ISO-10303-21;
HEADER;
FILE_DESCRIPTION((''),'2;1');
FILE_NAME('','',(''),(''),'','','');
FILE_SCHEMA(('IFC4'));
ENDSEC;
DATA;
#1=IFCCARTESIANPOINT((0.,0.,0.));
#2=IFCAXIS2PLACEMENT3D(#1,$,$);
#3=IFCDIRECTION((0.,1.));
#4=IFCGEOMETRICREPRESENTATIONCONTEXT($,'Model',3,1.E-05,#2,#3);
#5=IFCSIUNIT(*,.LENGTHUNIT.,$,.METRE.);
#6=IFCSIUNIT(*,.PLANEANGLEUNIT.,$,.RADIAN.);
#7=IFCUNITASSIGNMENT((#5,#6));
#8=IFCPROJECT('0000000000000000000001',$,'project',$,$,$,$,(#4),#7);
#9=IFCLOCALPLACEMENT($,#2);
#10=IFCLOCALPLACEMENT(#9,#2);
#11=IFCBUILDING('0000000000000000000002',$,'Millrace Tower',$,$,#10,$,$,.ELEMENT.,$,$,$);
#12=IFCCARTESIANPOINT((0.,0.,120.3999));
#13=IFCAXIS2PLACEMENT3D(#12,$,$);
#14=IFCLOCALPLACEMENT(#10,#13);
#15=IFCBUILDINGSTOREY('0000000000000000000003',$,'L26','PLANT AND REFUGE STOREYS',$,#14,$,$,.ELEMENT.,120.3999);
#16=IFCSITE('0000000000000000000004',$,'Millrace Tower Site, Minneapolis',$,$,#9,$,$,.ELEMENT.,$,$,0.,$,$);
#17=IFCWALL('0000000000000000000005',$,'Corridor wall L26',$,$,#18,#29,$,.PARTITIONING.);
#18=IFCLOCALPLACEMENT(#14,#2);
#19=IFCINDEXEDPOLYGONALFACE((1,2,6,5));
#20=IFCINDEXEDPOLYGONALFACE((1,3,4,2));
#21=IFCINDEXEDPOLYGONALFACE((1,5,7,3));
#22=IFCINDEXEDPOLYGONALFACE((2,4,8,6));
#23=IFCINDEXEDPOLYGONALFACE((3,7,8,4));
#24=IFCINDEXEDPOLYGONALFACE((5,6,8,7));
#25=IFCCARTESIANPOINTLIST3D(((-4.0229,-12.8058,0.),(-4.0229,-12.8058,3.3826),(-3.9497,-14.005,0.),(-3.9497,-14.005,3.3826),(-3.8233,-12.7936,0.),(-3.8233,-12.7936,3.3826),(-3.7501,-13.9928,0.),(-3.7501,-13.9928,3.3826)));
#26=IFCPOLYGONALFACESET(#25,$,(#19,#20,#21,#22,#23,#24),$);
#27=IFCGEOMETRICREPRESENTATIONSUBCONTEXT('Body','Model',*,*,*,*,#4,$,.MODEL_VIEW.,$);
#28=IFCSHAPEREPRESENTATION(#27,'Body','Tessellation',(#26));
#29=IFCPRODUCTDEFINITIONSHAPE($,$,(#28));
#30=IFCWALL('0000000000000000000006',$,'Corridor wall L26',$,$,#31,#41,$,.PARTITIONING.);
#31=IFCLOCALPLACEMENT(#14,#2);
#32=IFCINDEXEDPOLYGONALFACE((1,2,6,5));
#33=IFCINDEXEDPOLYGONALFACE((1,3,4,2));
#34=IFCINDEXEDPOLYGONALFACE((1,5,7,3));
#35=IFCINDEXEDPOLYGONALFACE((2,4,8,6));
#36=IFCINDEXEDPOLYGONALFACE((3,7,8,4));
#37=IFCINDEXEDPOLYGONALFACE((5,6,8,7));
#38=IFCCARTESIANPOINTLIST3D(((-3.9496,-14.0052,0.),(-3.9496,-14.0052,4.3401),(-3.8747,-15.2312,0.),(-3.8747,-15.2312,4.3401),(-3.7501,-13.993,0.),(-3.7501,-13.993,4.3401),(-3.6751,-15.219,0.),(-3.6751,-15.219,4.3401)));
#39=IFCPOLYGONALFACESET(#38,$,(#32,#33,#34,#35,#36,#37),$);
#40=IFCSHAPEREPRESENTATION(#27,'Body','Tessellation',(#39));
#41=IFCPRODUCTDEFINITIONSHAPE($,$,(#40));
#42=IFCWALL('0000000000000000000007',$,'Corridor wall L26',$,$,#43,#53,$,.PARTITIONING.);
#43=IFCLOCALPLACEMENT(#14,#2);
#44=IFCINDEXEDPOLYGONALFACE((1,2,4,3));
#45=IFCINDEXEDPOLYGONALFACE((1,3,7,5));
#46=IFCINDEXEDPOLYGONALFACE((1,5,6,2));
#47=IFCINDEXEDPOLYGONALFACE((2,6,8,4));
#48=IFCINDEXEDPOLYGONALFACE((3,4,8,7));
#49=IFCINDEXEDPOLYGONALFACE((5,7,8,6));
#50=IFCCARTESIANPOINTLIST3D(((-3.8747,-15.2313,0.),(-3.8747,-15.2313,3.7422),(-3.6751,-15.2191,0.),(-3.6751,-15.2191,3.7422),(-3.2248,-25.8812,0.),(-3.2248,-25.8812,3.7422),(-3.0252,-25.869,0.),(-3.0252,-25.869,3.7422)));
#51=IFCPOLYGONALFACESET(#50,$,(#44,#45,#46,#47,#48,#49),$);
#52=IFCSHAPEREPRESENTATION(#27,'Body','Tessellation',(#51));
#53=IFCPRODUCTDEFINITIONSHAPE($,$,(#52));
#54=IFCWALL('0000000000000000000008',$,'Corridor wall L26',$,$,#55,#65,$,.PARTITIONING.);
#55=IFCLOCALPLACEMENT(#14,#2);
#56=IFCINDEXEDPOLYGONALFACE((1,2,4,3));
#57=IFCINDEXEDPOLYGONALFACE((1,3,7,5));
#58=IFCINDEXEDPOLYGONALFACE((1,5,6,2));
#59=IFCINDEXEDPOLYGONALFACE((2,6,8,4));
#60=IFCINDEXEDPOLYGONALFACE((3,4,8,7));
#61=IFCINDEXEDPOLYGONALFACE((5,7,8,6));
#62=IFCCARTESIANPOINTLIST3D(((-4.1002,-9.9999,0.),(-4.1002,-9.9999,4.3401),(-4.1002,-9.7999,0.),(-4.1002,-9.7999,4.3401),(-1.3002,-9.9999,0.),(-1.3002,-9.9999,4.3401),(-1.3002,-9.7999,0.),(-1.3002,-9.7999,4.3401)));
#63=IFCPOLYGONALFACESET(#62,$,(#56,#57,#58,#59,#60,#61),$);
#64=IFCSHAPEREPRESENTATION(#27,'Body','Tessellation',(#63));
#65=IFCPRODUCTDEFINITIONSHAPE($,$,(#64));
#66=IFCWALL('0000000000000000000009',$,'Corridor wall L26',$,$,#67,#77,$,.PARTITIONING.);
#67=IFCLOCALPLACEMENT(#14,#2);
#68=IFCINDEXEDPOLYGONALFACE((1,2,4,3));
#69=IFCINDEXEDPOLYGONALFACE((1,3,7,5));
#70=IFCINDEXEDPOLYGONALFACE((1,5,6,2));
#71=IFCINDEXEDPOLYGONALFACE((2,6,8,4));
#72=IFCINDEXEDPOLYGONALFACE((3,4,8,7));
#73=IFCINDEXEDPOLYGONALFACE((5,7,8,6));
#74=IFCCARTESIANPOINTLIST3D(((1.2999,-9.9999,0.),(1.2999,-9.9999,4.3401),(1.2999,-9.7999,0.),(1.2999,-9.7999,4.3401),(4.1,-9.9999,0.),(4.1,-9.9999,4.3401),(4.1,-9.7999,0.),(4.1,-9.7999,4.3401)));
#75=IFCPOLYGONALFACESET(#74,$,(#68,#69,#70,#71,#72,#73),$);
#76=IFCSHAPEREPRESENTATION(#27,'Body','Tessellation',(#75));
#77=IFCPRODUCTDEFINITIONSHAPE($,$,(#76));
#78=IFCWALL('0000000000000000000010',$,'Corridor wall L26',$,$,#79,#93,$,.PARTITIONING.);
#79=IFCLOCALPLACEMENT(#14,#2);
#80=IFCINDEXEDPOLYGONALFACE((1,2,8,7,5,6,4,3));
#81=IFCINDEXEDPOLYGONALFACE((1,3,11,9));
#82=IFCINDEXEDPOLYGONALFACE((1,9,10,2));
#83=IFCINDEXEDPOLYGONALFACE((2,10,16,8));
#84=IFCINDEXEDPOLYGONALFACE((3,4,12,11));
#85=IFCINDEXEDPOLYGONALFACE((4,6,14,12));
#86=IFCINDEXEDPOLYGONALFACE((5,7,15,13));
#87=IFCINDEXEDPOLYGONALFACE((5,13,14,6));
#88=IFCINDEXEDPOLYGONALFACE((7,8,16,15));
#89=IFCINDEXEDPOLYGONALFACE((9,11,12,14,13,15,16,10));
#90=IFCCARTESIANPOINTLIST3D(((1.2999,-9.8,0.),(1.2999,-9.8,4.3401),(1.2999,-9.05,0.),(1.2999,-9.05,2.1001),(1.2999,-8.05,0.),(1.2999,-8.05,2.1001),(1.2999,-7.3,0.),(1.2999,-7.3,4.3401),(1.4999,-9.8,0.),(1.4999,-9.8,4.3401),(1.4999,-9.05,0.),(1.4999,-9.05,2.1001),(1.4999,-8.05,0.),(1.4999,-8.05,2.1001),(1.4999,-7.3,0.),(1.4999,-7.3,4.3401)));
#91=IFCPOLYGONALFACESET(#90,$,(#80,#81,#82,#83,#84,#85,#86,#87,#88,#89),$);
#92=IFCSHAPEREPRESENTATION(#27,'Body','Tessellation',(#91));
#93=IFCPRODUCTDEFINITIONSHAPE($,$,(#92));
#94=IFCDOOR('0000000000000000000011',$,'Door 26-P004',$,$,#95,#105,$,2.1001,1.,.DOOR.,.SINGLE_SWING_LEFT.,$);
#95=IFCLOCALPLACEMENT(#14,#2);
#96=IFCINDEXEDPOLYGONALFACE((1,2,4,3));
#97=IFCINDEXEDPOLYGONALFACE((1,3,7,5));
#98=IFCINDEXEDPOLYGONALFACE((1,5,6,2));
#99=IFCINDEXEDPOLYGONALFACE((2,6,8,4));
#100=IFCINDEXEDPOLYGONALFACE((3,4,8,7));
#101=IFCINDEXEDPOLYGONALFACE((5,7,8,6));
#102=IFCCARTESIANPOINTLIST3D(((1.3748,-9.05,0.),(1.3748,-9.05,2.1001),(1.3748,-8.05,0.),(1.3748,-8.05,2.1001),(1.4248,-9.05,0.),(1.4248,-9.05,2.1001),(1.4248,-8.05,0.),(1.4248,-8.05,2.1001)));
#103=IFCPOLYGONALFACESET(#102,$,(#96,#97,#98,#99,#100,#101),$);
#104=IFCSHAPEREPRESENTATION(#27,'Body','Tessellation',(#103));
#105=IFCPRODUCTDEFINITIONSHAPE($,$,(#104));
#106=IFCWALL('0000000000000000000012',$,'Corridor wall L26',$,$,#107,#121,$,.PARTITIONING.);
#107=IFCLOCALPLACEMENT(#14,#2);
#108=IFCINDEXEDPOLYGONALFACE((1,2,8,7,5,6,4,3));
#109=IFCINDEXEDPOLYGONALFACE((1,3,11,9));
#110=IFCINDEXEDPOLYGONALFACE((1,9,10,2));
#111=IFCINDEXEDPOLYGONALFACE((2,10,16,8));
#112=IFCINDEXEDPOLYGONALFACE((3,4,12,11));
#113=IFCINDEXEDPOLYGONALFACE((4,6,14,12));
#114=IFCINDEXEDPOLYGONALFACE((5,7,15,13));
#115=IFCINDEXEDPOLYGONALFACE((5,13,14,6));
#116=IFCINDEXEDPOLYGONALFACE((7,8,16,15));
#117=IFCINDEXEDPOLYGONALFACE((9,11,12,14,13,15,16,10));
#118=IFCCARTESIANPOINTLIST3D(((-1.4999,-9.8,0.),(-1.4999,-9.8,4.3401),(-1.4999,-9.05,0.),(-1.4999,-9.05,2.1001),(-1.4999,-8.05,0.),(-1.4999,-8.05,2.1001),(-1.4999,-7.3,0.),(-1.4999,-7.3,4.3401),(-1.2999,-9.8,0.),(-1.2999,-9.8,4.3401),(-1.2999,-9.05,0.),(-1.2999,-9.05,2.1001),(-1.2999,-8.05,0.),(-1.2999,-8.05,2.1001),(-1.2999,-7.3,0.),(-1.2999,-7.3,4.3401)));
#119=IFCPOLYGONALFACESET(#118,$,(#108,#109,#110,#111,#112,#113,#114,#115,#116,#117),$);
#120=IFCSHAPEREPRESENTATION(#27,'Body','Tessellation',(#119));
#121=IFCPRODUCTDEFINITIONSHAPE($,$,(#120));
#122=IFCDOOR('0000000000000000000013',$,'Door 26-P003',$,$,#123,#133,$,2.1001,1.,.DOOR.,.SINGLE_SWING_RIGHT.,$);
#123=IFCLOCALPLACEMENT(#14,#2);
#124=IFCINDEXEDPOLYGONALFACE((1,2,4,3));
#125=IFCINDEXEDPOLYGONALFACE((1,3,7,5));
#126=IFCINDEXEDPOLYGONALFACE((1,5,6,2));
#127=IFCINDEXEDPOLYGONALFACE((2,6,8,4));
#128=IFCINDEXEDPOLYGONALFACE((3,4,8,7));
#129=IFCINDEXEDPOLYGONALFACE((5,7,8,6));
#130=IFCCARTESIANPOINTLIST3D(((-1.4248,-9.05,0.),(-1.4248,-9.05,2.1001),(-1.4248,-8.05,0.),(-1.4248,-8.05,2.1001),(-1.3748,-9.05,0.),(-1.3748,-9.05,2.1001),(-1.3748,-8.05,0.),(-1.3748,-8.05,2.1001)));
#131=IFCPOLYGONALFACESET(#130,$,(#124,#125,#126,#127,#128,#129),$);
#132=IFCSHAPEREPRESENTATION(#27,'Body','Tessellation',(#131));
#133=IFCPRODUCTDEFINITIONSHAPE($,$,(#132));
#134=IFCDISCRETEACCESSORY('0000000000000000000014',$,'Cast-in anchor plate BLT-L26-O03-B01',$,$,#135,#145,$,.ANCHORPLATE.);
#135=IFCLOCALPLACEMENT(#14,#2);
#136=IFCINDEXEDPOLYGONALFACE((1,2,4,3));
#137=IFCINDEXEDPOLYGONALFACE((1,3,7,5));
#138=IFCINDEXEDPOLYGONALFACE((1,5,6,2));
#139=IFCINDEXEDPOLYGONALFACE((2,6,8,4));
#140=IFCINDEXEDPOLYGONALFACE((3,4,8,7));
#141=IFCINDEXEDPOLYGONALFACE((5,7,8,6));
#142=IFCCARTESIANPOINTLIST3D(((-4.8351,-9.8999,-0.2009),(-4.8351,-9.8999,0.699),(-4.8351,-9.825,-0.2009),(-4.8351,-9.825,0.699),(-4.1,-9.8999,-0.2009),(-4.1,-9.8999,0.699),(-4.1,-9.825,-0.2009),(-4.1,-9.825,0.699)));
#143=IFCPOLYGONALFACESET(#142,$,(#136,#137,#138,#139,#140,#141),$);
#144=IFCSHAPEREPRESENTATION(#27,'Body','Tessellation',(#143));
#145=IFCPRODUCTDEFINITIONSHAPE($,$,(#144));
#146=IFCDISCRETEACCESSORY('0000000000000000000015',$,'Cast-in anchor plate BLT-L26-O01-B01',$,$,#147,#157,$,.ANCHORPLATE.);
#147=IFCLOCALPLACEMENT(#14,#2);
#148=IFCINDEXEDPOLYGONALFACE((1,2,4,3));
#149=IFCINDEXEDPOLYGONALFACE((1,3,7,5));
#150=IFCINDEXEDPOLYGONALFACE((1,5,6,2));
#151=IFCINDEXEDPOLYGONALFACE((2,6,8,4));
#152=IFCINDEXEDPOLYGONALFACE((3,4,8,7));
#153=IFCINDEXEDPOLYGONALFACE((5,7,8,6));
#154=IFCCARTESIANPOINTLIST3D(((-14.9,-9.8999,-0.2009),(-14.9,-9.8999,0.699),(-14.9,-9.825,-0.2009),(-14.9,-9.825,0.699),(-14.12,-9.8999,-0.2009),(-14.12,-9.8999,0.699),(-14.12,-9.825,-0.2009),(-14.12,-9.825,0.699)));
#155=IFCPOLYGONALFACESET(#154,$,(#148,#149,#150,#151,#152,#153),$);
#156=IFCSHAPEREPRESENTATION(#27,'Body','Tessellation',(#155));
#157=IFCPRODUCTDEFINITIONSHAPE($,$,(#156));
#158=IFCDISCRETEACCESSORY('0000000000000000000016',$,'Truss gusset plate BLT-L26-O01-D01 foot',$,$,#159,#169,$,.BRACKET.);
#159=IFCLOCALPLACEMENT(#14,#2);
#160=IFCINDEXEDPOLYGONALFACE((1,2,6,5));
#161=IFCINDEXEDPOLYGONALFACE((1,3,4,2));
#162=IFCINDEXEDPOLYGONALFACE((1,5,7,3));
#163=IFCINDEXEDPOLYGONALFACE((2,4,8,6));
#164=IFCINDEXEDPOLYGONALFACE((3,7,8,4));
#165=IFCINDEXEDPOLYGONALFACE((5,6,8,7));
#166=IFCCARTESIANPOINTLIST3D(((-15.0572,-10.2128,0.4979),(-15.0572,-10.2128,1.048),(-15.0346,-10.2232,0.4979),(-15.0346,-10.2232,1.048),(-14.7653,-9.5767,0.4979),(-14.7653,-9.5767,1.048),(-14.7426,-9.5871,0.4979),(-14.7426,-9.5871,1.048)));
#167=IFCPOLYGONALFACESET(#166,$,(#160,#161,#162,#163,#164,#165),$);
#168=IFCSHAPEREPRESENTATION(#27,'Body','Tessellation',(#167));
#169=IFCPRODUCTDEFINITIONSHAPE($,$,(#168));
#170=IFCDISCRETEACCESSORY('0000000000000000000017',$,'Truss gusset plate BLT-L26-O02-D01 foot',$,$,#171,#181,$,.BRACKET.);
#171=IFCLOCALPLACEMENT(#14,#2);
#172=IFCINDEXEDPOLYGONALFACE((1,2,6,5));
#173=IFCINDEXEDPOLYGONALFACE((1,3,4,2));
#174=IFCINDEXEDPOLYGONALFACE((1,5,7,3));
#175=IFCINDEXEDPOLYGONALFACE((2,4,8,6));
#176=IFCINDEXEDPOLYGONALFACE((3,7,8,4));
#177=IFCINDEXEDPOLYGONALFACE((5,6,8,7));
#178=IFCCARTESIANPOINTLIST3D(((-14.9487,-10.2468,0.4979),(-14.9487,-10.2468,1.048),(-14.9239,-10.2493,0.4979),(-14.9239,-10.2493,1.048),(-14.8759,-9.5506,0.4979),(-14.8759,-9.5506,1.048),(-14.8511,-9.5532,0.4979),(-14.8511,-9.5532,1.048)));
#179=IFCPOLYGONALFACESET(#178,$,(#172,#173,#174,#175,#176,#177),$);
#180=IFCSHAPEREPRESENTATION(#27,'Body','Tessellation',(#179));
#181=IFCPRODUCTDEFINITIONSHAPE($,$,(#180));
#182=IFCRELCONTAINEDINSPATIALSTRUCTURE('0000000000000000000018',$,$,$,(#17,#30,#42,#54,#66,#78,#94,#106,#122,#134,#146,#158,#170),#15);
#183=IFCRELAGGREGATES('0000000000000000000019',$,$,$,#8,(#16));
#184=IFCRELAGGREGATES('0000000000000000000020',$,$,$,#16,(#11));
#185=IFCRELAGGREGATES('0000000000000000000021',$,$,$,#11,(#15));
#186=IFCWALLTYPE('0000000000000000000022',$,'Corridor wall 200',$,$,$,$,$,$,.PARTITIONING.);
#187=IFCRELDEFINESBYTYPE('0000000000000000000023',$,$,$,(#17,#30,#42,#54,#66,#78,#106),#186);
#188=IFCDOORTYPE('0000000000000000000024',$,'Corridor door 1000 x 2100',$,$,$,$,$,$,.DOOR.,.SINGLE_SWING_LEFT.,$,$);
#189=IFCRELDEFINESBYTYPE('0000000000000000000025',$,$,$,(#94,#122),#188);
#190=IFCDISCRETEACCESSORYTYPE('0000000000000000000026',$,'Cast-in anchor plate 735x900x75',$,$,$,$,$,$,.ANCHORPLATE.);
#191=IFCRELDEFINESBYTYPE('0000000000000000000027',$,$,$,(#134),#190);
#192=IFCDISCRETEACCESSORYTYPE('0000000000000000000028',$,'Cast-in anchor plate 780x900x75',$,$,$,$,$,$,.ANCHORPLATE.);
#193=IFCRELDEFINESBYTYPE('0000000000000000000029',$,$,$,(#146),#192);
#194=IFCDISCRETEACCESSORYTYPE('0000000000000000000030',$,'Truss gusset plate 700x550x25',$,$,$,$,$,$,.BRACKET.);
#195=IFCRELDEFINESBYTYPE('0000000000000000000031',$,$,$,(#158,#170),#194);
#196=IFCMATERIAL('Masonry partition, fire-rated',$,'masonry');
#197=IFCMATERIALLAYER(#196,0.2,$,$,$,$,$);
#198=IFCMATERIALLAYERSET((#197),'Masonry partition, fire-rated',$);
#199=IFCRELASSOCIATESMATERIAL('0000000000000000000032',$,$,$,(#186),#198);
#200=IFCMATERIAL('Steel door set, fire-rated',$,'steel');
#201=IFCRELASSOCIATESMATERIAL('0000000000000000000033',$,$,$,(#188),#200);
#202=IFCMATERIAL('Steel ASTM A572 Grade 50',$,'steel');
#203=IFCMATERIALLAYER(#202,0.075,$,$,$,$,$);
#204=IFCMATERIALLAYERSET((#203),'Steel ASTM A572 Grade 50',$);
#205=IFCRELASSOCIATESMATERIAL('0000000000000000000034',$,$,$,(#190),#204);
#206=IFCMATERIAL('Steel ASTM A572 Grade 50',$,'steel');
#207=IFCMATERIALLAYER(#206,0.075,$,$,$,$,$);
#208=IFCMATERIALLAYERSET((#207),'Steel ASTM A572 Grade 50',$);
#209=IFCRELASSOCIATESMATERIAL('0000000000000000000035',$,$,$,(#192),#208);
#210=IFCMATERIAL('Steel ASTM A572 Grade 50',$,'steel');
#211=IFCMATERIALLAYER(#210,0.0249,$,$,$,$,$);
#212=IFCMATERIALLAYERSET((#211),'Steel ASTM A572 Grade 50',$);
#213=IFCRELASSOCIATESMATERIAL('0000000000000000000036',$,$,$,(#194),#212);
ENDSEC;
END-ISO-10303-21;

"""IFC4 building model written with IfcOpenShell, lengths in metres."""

from ifc_helpers import new_model, si_unit, direction, frame, frame_2d, origin, origin_2d, place, context, subcontext, project, spatial, rectangle, extrude, material, layer, layer_set, type_object, element, fill, save


model = new_model("IFC4")

# Units and contexts
model_context = context("Model", 3, precision=1e-05, world=origin(), true_north=direction((0.0, 1.0)))
body_context = subcontext(model_context, "Body", "Model", "MODEL_VIEW")
ifc_project = project(units=[si_unit("LENGTHUNIT", "METRE"), si_unit("PLANEANGLEUNIT", "RADIAN")], contexts=[model_context])

# Site, building, storey
site_placement = place(None, origin())
site = spatial("IfcSite", under=ifc_project, at=site_placement, Name="Millrace Tower Site, Minneapolis", CompositionType="ELEMENT", RefElevation=0.0)
building_placement = place(site_placement, origin())
building = spatial("IfcBuilding", under=site, at=building_placement, Name="Millrace Tower", CompositionType="ELEMENT")
storey_placement = place(building_placement, frame((0.0, 0.0, 120.3999)))
storey = spatial("IfcBuildingStorey", under=building, at=storey_placement, Name="L26", Description="PLANT AND REFUGE STOREYS", CompositionType="ELEMENT", Elevation=120.3999)

# Walls
ifc_material_1 = material(Name="Masonry partition, fire-rated", Category="masonry")
ifc_layer_1 = layer(ifc_material_1, 0.2)
ifc_layer_set_1 = layer_set([ifc_layer_1], Name="Masonry partition, fire-rated")
wall_type = type_object("IfcWallType", Name="Corridor wall 200", PredefinedType="PARTITIONING", material=ifc_layer_set_1)
wall_1_placement = place(storey_placement, frame((-3.9231, -12.7998, 0.0), z_axis=(0.0, 0.0, 1.0), x_axis=(0.060961, -0.99814, 0.0)))
element("IfcWall", 1, at=wall_1_placement, inside=storey, type_object=wall_type, Name="Corridor wall L26", PredefinedType="PARTITIONING", context=body_context, shape_type="SweptSolid", body=[
    extrude(rectangle(XDim=1.2014, YDim=0.2, at=frame_2d((0.6006, 0.0))), origin(), (0.0, 0.0, 1.0), 3.3826),
])
wall_2_placement = place(storey_placement, frame((-3.8499, -13.999, 0.0), z_axis=(0.0, 0.0, 1.0), x_axis=(0.061017, -0.998137, 0.0)))
element("IfcWall", 2, at=wall_2_placement, inside=storey, type_object=wall_type, Name="Corridor wall L26", PredefinedType="PARTITIONING", context=body_context, shape_type="SweptSolid", body=[
    extrude(rectangle(XDim=1.2283, YDim=0.2, at=frame_2d((0.6143, 0.0))), origin(), (0.0, 0.0, 1.0), 4.3401),
])
wall_3_placement = place(storey_placement, frame((-3.7749, -15.2251, 0.0), z_axis=(0.0, 0.0, 1.0), x_axis=(0.060911, -0.998143, 0.0)))
element("IfcWall", 3, at=wall_3_placement, inside=storey, type_object=wall_type, Name="Corridor wall L26", PredefinedType="PARTITIONING", context=body_context, shape_type="SweptSolid", body=[
    extrude(rectangle(XDim=10.6697, YDim=0.2, at=frame_2d((5.335, 0.0))), origin(), (0.0, 0.0, 1.0), 3.7422),
])
for number, where, z_axis, x_axis, name in (
    (4, (-4.1001, -9.8999, 0.0), (0.0, 0.0, 1.0), (1.0, 0.0, 0.0), "Corridor wall L26"),
    (5, (1.3, -9.8999, 0.0), (0.0, 0.0, 1.0), (1.0, 0.0, 0.0), "Corridor wall L26"),
):
    element("IfcWall", number, at=place(storey_placement, frame(where, z_axis=z_axis, x_axis=x_axis)), inside=storey, type_object=wall_type, Name=name, PredefinedType="PARTITIONING", context=body_context, shape_type="SweptSolid", body=[
        extrude(rectangle(XDim=2.8, YDim=0.2, at=frame_2d((1.3999, 0.0))), origin(), (0.0, 0.0, 1.0), 4.3401),
    ])

# Walls, openings, doors
wall_4_placement = place(storey_placement, frame((1.3999, -9.8, 0.0), z_axis=(0.0, 0.0, 1.0), x_axis=(0.0, 1.0, 0.0)))
wall_4 = element("IfcWall", 6, at=wall_4_placement, inside=storey, type_object=wall_type, Name="Corridor wall L26", PredefinedType="PARTITIONING", context=body_context, shape_type="SweptSolid", body=[
    extrude(rectangle(XDim=2.5, YDim=0.2, at=frame_2d((1.25, 0.0))), origin(), (0.0, 0.0, 1.0), 4.3401),
])
opening_1_placement = place(wall_4_placement, frame((0.75, 0.0, 0.0)))
opening_1 = element("IfcOpeningElement", 7, at=opening_1_placement, cuts=wall_4, PredefinedType="OPENING", context=body_context, shape_type="SweptSolid", body=[
    extrude(rectangle(XDim=1.0, YDim=2.1001, at=frame_2d((0.5, 1.05))), frame((0.0, 0.1099, 0.0), z_axis=(0.0, -1.0, 0.0), x_axis=(1.0, 0.0, 0.0)), (0.0, 0.0, 1.0), 0.22),
])
ifc_material_2 = material(Name="Steel door set, fire-rated", Category="steel")
door_type = type_object("IfcDoorType", Name="Corridor door 1000 x 2100", OperationType="SINGLE_SWING_LEFT", PredefinedType="DOOR", material=ifc_material_2)
door_1_placement = place(opening_1_placement, frame((1.0, 0.0, 0.0), z_axis=(0.0, 0.0, 1.0), x_axis=(-1.0, 0.0, 0.0)))
door_1 = element("IfcDoor", 8, at=door_1_placement, inside=storey, type_object=door_type, Name="Door 26-P004", OperationType="SINGLE_SWING_LEFT", OverallHeight=2.1001, OverallWidth=1.0, PredefinedType="DOOR", context=body_context, shape_type="SweptSolid", body=[
    extrude(rectangle(XDim=1.0, YDim=2.1001, at=frame_2d((0.5, 1.05))), frame((0.0, 0.0249, 0.0), z_axis=(0.0, -1.0, 0.0), x_axis=(1.0, 0.0, 0.0)), (0.0, 0.0, 1.0), 0.05),
])
fill(opening_1, door_1)
wall_5_placement = place(storey_placement, frame((-1.3999, -9.8, 0.0), z_axis=(0.0, 0.0, 1.0), x_axis=(0.0, 1.0, 0.0)))
wall_5 = element("IfcWall", 9, at=wall_5_placement, inside=storey, type_object=wall_type, Name="Corridor wall L26", PredefinedType="PARTITIONING", context=body_context, shape_type="SweptSolid", body=[
    extrude(rectangle(XDim=2.5, YDim=0.2, at=frame_2d((1.25, 0.0))), origin(), (0.0, 0.0, 1.0), 4.3401),
])
opening_2_placement = place(wall_5_placement, frame((0.75, 0.0, 0.0)))
opening_2 = element("IfcOpeningElement", 10, at=opening_2_placement, cuts=wall_5, PredefinedType="OPENING", context=body_context, shape_type="SweptSolid", body=[
    extrude(rectangle(XDim=1.0, YDim=2.1001, at=frame_2d((0.5, 1.05))), frame((0.0, 0.1099, 0.0), z_axis=(0.0, -1.0, 0.0), x_axis=(1.0, 0.0, 0.0)), (0.0, 0.0, 1.0), 0.22),
])
door_2_placement = place(opening_2_placement, origin())
door_2 = element("IfcDoor", 11, at=door_2_placement, inside=storey, type_object=door_type, Name="Door 26-P003", OperationType="SINGLE_SWING_RIGHT", OverallHeight=2.1001, OverallWidth=1.0, PredefinedType="DOOR", context=body_context, shape_type="SweptSolid", body=[
    extrude(rectangle(XDim=1.0, YDim=2.1001, at=frame_2d((0.5, 1.05))), frame((0.0, 0.0249, 0.0), z_axis=(0.0, -1.0, 0.0), x_axis=(1.0, 0.0, 0.0)), (0.0, 0.0, 1.0), 0.05),
])
fill(opening_2, door_2)

# Discrete accessories
ifc_material_3 = material(Name="Steel ASTM A572 Grade 50", Category="steel")
ifc_layer_2 = layer(ifc_material_3, 0.075)
ifc_layer_set_2 = layer_set([ifc_layer_2], Name="Steel ASTM A572 Grade 50")
discrete_accessory_type_1 = type_object("IfcDiscreteAccessoryType", Name="Cast-in anchor plate 735x900x75", PredefinedType="ANCHORPLATE", material=ifc_layer_set_2)
discrete_accessory_1_placement = place(storey_placement, frame((-4.4675, -9.825, 0.249), z_axis=(0.0, -1.0, 0.0), x_axis=(1.0, 0.0, 0.0)))
element("IfcDiscreteAccessory", 12, at=discrete_accessory_1_placement, inside=storey, type_object=discrete_accessory_type_1, Name="Cast-in anchor plate BLT-L26-O03-B01", PredefinedType="ANCHORPLATE", context=body_context, shape_type="SweptSolid", body=[
    extrude(rectangle(XDim=0.7351, YDim=0.8999, at=origin_2d()), origin(), (0.0, 0.0, 1.0), 0.075),
])
ifc_material_4 = material(Name="Steel ASTM A572 Grade 50", Category="steel")
ifc_layer_3 = layer(ifc_material_4, 0.075)
ifc_layer_set_3 = layer_set([ifc_layer_3], Name="Steel ASTM A572 Grade 50")
discrete_accessory_type_2 = type_object("IfcDiscreteAccessoryType", Name="Cast-in anchor plate 780x900x75", PredefinedType="ANCHORPLATE", material=ifc_layer_set_3)
discrete_accessory_2_placement = place(storey_placement, frame((-14.51, -9.825, 0.249), z_axis=(0.0, -1.0, 0.0), x_axis=(1.0, 0.0, 0.0)))
element("IfcDiscreteAccessory", 13, at=discrete_accessory_2_placement, inside=storey, type_object=discrete_accessory_type_2, Name="Cast-in anchor plate BLT-L26-O01-B01", PredefinedType="ANCHORPLATE", context=body_context, shape_type="SweptSolid", body=[
    extrude(rectangle(XDim=0.78, YDim=0.8999, at=origin_2d()), origin(), (0.0, 0.0, 1.0), 0.075),
])
ifc_material_5 = material(Name="Steel ASTM A572 Grade 50", Category="steel")
ifc_layer_4 = layer(ifc_material_5, 0.0249)
ifc_layer_set_4 = layer_set([ifc_layer_4], Name="Steel ASTM A572 Grade 50")
discrete_accessory_type_3 = type_object("IfcDiscreteAccessoryType", Name="Truss gusset plate 700x550x25", PredefinedType="BRACKET", material=ifc_layer_set_4)
for number, where, z_axis, x_axis, name in (
    (14, (-15.0459, -10.218, 0.7729), (0.417111, 0.908856, 0.0), (-0.908856, 0.417111, 0.0), "Truss gusset plate BLT-L26-O01-D01 foot"),
    (15, (-14.9363, -10.248, 0.7729), (0.103958, 0.994582, 0.0), (-0.994582, 0.103958, 0.0), "Truss gusset plate BLT-L26-O02-D01 foot"),
):
    element("IfcDiscreteAccessory", number, at=place(storey_placement, frame(where, z_axis=z_axis, x_axis=x_axis)), inside=storey, type_object=discrete_accessory_type_3, Name=name, PredefinedType="BRACKET", context=body_context, shape_type="SweptSolid", body=[
        extrude(rectangle(XDim=0.0249, YDim=0.55, at=origin_2d()), origin(), (0.0, 0.0, 1.0), 0.7),
    ])

save(model, "model.ifc")
